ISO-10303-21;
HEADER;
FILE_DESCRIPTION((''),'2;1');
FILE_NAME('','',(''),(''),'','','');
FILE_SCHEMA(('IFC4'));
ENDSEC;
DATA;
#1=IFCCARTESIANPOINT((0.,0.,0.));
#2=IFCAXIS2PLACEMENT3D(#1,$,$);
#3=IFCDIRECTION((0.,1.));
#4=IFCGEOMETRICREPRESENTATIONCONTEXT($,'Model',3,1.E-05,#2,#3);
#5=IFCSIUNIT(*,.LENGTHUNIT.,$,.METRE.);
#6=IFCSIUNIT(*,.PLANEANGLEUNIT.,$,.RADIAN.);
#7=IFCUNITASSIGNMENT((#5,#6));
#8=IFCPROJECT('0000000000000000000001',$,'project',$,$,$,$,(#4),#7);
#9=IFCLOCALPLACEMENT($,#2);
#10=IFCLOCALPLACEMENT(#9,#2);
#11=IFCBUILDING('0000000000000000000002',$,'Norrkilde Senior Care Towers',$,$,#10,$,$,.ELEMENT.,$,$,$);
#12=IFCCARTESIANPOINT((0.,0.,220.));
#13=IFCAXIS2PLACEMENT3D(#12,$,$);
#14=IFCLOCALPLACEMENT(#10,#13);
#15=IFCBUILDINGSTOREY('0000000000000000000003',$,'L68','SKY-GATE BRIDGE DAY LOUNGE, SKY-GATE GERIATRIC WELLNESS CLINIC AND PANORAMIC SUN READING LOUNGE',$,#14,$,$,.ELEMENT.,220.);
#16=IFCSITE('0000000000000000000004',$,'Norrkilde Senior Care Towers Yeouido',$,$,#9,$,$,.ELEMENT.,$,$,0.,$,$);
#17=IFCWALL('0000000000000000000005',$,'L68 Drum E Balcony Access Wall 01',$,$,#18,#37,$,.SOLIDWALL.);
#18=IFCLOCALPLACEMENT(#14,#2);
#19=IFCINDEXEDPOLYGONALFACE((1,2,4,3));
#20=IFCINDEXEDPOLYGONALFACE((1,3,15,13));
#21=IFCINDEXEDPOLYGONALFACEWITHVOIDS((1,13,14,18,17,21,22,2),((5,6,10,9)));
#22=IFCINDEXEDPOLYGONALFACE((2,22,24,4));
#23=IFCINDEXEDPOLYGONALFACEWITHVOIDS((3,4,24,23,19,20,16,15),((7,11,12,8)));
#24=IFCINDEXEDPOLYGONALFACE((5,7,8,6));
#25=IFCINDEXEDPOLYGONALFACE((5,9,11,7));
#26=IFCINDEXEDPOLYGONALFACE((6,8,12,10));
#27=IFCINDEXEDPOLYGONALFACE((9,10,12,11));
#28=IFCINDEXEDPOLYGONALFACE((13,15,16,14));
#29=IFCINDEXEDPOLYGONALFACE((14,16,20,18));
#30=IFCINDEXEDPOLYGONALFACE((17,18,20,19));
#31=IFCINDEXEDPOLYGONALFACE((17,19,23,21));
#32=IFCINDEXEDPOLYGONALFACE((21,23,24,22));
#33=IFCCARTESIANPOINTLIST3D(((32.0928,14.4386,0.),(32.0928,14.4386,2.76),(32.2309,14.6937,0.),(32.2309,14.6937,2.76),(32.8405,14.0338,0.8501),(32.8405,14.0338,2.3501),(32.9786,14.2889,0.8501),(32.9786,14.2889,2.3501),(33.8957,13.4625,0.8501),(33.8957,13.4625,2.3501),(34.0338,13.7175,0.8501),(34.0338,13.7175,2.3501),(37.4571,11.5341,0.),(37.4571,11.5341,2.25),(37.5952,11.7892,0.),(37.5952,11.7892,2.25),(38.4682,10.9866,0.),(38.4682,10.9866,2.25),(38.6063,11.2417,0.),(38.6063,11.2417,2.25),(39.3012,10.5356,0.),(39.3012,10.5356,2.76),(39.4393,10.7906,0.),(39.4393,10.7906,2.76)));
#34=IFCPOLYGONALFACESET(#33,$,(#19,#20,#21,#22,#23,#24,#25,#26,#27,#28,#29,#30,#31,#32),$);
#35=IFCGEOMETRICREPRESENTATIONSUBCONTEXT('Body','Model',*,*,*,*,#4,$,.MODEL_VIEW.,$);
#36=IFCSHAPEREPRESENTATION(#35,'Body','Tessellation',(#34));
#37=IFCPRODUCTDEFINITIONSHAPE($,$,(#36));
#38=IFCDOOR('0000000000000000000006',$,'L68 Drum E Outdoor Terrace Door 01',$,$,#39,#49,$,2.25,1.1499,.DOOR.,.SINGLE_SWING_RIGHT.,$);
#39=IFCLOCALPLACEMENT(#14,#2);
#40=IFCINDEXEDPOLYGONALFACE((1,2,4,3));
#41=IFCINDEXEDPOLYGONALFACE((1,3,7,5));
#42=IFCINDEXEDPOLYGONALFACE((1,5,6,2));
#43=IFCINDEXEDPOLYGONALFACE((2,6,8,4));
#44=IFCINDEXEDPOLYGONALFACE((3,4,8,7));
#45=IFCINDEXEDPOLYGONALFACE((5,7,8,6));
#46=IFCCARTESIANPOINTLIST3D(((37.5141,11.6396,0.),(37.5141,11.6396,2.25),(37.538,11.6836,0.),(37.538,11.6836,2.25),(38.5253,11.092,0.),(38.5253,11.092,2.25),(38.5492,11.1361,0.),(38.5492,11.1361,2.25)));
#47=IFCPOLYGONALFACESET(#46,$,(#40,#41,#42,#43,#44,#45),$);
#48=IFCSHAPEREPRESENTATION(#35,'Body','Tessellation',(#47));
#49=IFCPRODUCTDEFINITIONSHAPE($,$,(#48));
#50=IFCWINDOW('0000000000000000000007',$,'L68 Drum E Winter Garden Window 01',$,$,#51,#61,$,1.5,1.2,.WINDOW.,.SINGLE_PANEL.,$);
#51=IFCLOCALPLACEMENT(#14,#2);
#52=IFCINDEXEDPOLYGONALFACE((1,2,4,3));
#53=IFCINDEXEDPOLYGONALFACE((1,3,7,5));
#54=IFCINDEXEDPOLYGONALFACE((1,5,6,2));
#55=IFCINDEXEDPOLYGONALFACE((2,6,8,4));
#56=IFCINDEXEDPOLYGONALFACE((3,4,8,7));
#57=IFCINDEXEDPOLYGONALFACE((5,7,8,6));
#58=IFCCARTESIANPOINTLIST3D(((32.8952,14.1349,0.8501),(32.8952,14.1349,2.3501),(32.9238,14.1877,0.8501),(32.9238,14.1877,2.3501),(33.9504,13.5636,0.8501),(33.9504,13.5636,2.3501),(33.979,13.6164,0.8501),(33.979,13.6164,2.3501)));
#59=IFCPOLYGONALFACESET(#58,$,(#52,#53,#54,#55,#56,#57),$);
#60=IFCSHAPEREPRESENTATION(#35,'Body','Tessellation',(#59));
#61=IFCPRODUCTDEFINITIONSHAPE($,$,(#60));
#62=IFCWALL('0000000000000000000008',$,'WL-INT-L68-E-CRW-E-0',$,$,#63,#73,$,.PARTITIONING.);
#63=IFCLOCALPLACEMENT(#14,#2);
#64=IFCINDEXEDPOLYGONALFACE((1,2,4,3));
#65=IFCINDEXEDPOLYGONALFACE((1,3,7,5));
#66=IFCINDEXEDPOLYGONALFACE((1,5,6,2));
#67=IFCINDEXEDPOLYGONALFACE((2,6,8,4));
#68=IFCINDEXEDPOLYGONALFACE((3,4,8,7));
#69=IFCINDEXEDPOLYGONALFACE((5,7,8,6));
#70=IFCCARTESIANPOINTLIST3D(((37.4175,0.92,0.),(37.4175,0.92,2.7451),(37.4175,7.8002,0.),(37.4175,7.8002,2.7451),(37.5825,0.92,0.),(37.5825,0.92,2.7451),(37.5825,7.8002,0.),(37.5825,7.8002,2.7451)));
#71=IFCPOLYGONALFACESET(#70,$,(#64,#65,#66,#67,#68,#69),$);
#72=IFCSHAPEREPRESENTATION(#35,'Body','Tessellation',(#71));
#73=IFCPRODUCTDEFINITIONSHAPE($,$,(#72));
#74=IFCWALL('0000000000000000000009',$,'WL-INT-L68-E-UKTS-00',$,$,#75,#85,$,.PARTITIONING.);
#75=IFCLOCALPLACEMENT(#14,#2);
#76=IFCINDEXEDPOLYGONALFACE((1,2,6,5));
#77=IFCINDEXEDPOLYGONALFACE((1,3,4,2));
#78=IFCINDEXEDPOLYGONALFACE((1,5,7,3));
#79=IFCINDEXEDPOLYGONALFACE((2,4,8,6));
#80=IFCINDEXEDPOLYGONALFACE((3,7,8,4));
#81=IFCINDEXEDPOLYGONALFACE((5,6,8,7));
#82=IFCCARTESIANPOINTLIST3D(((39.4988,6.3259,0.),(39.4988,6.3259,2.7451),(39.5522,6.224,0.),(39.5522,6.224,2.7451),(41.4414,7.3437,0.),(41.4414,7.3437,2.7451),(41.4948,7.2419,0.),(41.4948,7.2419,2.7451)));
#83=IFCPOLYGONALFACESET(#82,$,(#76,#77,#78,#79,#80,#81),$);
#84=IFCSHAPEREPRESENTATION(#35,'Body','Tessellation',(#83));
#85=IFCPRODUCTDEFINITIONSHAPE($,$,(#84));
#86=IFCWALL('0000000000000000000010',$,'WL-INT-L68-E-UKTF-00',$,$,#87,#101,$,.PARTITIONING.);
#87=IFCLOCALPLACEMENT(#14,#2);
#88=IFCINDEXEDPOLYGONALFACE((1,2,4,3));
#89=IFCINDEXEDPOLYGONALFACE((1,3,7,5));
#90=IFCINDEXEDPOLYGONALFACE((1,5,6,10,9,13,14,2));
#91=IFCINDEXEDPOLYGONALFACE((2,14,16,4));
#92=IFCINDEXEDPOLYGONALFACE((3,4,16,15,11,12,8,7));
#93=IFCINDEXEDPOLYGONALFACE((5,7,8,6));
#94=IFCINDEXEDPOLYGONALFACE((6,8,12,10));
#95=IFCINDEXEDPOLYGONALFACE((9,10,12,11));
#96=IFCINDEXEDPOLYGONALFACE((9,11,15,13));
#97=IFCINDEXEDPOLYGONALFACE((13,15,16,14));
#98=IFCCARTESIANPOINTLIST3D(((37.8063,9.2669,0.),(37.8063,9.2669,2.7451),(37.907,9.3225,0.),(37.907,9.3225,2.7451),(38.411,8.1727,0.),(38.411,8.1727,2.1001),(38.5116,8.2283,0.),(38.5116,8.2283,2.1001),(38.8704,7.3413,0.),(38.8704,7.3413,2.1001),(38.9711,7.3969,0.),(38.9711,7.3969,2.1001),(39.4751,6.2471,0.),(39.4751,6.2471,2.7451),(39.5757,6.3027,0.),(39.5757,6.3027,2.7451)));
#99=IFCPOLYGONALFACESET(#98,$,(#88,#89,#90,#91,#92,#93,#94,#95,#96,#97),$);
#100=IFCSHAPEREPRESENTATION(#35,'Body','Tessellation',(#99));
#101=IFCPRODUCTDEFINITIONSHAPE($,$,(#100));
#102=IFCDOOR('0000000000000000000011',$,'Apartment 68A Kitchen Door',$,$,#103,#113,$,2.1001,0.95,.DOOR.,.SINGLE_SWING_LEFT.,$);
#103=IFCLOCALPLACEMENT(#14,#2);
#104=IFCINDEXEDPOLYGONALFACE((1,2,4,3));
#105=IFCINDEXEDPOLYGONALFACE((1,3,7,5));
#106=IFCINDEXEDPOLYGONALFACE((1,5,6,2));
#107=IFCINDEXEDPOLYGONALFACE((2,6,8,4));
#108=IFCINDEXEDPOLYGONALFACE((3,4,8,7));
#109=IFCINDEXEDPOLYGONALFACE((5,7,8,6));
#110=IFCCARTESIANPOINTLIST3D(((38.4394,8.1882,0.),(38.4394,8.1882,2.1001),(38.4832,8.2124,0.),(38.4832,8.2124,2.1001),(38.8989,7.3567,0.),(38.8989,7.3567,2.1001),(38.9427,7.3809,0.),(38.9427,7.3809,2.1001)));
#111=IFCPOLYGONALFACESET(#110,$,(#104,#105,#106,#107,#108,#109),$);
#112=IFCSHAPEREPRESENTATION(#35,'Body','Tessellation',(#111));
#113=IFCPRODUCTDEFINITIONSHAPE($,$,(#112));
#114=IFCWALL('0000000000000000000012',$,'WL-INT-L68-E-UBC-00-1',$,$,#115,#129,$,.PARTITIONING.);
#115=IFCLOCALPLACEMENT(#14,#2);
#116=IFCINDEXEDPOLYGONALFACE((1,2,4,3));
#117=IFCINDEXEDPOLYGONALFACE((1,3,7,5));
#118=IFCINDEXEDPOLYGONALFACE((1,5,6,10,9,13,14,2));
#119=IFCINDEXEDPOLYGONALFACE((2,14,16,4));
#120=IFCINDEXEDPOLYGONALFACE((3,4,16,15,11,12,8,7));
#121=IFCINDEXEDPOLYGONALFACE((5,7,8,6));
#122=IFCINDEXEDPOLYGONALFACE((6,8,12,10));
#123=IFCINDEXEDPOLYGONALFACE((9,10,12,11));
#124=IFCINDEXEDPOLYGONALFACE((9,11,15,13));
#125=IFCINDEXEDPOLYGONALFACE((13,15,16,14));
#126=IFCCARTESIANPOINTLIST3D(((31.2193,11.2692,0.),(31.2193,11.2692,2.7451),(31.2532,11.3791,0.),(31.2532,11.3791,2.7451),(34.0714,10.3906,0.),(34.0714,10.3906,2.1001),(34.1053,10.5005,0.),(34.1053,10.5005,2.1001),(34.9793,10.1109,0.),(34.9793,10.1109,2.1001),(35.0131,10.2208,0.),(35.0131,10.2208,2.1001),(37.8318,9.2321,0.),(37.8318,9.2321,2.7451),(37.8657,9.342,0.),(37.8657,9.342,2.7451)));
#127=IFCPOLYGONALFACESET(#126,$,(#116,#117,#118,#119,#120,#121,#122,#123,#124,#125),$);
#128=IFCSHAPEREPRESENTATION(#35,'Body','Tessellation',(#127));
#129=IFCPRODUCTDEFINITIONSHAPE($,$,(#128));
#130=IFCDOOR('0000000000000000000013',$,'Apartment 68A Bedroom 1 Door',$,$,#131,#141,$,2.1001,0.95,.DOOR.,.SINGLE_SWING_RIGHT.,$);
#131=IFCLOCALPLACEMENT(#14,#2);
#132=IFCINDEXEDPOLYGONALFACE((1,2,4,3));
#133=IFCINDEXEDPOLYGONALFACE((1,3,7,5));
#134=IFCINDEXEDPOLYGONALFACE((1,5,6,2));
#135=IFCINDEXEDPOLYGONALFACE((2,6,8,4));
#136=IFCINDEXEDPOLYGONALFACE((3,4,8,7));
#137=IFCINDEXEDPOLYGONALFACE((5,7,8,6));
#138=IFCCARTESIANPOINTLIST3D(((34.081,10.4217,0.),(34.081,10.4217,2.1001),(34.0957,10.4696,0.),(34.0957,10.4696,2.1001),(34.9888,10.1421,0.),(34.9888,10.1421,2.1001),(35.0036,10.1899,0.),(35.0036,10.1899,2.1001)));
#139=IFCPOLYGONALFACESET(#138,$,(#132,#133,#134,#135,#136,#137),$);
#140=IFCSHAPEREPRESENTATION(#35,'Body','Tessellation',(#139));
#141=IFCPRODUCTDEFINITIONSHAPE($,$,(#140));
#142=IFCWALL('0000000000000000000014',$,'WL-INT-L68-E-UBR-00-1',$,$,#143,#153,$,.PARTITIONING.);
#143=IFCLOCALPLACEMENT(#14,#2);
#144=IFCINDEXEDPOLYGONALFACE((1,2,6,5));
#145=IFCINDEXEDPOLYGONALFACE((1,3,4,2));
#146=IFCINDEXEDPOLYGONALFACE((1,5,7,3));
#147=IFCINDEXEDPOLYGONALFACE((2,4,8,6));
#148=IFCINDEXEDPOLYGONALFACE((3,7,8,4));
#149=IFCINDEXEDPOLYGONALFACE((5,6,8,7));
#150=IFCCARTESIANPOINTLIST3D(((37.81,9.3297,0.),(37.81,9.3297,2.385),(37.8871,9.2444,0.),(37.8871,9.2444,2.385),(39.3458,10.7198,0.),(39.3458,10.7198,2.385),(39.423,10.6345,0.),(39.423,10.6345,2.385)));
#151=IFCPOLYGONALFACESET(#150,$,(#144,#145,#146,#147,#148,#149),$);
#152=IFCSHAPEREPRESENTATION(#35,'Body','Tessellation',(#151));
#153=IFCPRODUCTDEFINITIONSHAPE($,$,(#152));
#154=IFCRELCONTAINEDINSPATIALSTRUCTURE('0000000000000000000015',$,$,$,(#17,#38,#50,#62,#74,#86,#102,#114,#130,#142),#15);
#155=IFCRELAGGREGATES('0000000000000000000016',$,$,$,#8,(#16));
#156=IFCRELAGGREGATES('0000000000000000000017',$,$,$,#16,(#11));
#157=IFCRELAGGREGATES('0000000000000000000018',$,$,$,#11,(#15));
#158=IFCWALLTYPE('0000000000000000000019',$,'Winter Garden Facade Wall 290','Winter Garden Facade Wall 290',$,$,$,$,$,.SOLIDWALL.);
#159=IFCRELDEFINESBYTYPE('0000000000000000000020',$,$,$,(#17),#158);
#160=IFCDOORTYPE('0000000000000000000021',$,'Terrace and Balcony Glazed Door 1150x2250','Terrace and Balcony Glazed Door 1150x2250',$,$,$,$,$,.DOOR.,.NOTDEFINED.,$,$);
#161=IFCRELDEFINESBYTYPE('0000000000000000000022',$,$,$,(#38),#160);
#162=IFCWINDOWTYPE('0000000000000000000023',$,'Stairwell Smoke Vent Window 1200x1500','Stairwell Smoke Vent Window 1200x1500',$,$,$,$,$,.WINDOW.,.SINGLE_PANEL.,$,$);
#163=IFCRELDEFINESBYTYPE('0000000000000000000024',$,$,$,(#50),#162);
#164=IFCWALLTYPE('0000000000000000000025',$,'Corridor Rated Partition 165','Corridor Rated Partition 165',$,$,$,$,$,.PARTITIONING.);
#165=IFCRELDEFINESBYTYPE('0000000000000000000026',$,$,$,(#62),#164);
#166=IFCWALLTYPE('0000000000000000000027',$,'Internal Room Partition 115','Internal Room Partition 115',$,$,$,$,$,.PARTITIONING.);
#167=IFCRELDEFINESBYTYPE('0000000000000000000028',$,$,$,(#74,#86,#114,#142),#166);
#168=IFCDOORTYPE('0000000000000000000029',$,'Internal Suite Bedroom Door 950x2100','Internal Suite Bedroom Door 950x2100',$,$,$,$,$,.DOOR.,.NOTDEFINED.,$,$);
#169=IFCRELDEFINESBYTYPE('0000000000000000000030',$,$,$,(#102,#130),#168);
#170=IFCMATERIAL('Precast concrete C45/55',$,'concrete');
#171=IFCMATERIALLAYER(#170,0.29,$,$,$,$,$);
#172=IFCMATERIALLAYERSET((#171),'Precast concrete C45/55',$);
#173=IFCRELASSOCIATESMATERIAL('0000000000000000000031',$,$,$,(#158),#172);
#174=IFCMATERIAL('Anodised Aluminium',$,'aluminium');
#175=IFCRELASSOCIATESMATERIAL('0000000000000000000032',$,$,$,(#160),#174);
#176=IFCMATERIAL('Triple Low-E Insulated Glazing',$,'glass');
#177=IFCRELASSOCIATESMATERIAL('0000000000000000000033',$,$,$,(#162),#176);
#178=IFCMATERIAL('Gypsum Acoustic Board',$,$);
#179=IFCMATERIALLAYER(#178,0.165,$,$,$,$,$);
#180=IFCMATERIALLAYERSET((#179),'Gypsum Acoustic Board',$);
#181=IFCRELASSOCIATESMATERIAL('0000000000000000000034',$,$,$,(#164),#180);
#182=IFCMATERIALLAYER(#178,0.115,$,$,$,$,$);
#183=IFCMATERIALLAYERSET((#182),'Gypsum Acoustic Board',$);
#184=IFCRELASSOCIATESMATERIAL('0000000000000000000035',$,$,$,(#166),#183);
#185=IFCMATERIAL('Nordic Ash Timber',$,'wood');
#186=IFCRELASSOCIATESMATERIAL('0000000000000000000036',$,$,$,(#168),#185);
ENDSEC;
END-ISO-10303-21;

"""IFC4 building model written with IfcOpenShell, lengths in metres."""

from ifc_helpers import new_model, si_unit, direction, frame, frame_2d, origin, place, context, subcontext, project, spatial, rectangle, extrude, source, transform, mapped, material, layer, layer_set, type_object, type_shapes, element, fill, save


model = new_model("IFC4")

# Units and contexts
model_context = context("Model", 3, precision=1e-05, world=origin(), true_north=direction((0.0, 1.0)))
body_context = subcontext(model_context, "Body", "Model", "MODEL_VIEW")
ifc_project = project(units=[si_unit("LENGTHUNIT", "METRE"), si_unit("PLANEANGLEUNIT", "RADIAN")], contexts=[model_context])

# Site, building, storey
site_placement = place(None, origin())
site = spatial("IfcSite", under=ifc_project, at=site_placement, Name="Norrkilde Senior Care Towers Yeouido", CompositionType="ELEMENT", RefElevation=0.0)
building_placement = place(site_placement, origin())
building = spatial("IfcBuilding", under=site, at=building_placement, Name="Norrkilde Senior Care Towers", CompositionType="ELEMENT")
storey_placement = place(building_placement, frame((0.0, 0.0, 220.0)))
storey = spatial("IfcBuildingStorey", under=building, at=storey_placement, Name="L68", Description="SKY-GATE BRIDGE DAY LOUNGE, SKY-GATE GERIATRIC WELLNESS CLINIC AND PANORAMIC SUN READING LOUNGE", CompositionType="ELEMENT", Elevation=220.0)

# Shared definitions
ifc_material_1 = material(Name="Triple Low-E Insulated Glazing", Category="glass")
ifc_material_2 = material(Name="Anodised Aluminium", Category="aluminium")

# Wall, openings, door, window
ifc_material_3 = material(Name="Precast concrete C45/55", Category="concrete")
ifc_layer_1 = layer(ifc_material_3, 0.29)
ifc_layer_set_1 = layer_set([ifc_layer_1], Name="Precast concrete C45/55")
wall_type_1 = type_object("IfcWallType", Name="Winter Garden Facade Wall 290", Description="Winter Garden Facade Wall 290", PredefinedType="SOLIDWALL", material=ifc_layer_set_1)
shared_shape_1 = source(origin(), body_context, "Body", "SweptSolid", [
    extrude(rectangle(XDim=8.1973, YDim=0.29, at=frame_2d((4.0986, 0.0))), origin(), (0.0, 0.0, 1.0), 2.76),
])
type_shapes(wall_type_1, [shared_shape_1])
wall_1_placement = place(storey_placement, frame((32.1619, 14.5662, 0.0), z_axis=(0.0, 0.0, 1.0), x_axis=(0.87937, -0.476139, 0.0)))
wall_1 = element("IfcWall", 1, at=wall_1_placement, inside=storey, type_object=wall_type_1, Name="L68 Drum E Balcony Access Wall 01", PredefinedType="SOLIDWALL", context=body_context, shape_type="MappedRepresentation", body=[
    mapped(shared_shape_1, transform((0.0, 0.0, 0.0), x_axis=(1.0, 0.0, 0.0), y_axis=(0.0, 1.0, 0.0), z_axis=(0.0, 0.0, 1.0), scale=1.0)),
])
opening_1_placement = place(wall_1_placement, frame((6.1001, 0.0, 0.0)))
opening_1 = element("IfcOpeningElement", 2, at=opening_1_placement, cuts=wall_1, PredefinedType="OPENING", context=body_context, shape_type="SweptSolid", body=[
    extrude(rectangle(XDim=1.1499, YDim=2.25, at=frame_2d((0.575, 1.125))), frame((0.0, 0.155, 0.0), z_axis=(0.0, -1.0, 0.0), x_axis=(1.0, 0.0, 0.0)), (0.0, 0.0, 1.0), 0.3101),
])
opening_2_placement = place(wall_1_placement, frame((0.8501, 0.0, 0.8501)))
opening_2 = element("IfcOpeningElement", 3, at=opening_2_placement, cuts=wall_1, PredefinedType="OPENING", context=body_context, shape_type="SweptSolid", body=[
    extrude(rectangle(XDim=1.2, YDim=1.5, at=frame_2d((0.6001, 0.75))), frame((0.0, 0.155, 0.0), z_axis=(0.0, -1.0, 0.0), x_axis=(1.0, 0.0, 0.0)), (0.0, 0.0, 1.0), 0.3101),
])
door_type_1 = type_object("IfcDoorType", Name="Terrace and Balcony Glazed Door 1150x2250", Description="Terrace and Balcony Glazed Door 1150x2250", OperationType="NOTDEFINED", PredefinedType="DOOR", material=ifc_material_2)
shared_shape_2 = source(origin(), body_context, "Body", "SweptSolid", [
    extrude(rectangle(XDim=1.1499, YDim=2.25, at=frame_2d((0.575, 1.125))), frame((0.0, 0.0249, 0.0), z_axis=(0.0, -1.0, 0.0), x_axis=(1.0, 0.0, 0.0)), (0.0, 0.0, 1.0), 0.05),
])
type_shapes(door_type_1, [shared_shape_2])
door_1_placement = place(opening_1_placement, origin())
door_1 = element("IfcDoor", 4, at=door_1_placement, inside=storey, type_object=door_type_1, Name="L68 Drum E Outdoor Terrace Door 01", OperationType="SINGLE_SWING_RIGHT", OverallHeight=2.25, OverallWidth=1.1499, PredefinedType="DOOR", context=body_context, shape_type="MappedRepresentation", body=[
    mapped(shared_shape_2, transform((0.0, 0.0, 0.0), x_axis=(1.0, 0.0, 0.0), y_axis=(0.0, 1.0, 0.0), z_axis=(0.0, 0.0, 1.0), scale=1.0)),
])
fill(opening_1, door_1)
window_type = type_object("IfcWindowType", Name="Stairwell Smoke Vent Window 1200x1500", Description="Stairwell Smoke Vent Window 1200x1500", PartitioningType="SINGLE_PANEL", PredefinedType="WINDOW", material=ifc_material_1)
shared_shape_3 = source(origin(), body_context, "Body", "SweptSolid", [
    extrude(rectangle(XDim=1.2, YDim=1.5, at=frame_2d((0.6001, 0.75))), frame((0.0, 0.03, 0.0), z_axis=(0.0, -1.0, 0.0), x_axis=(1.0, 0.0, 0.0)), (0.0, 0.0, 1.0), 0.0601),
])
type_shapes(window_type, [shared_shape_3])
window_placement = place(opening_2_placement, origin())
window = element("IfcWindow", 5, at=window_placement, inside=storey, type_object=window_type, Name="L68 Drum E Winter Garden Window 01", OverallHeight=1.5, OverallWidth=1.2, PartitioningType="SINGLE_PANEL", PredefinedType="WINDOW", context=body_context, shape_type="MappedRepresentation", body=[
    mapped(shared_shape_3, transform((0.0, 0.0, 0.0), x_axis=(1.0, 0.0, 0.0), y_axis=(0.0, 1.0, 0.0), z_axis=(0.0, 0.0, 1.0), scale=1.0)),
])
fill(opening_2, window)

# Walls
ifc_material_4 = material(Name="Gypsum Acoustic Board")
ifc_layer_2 = layer(ifc_material_4, 0.165)
ifc_layer_set_2 = layer_set([ifc_layer_2], Name="Gypsum Acoustic Board")
wall_type_2 = type_object("IfcWallType", Name="Corridor Rated Partition 165", Description="Corridor Rated Partition 165", PredefinedType="PARTITIONING", material=ifc_layer_set_2)
shared_shape_4 = source(origin(), body_context, "Body", "SweptSolid", [
    extrude(rectangle(XDim=6.8801, YDim=0.165, at=frame_2d((3.4399, 0.0))), origin(), (0.0, 0.0, 1.0), 2.7451),
])
type_shapes(wall_type_2, [shared_shape_4])
wall_2_placement = place(storey_placement, frame((37.5, 7.8, 0.0), z_axis=(0.0, 0.0, 1.0), x_axis=(0.0, -1.0, 0.0)))
element("IfcWall", 6, at=wall_2_placement, inside=storey, type_object=wall_type_2, Name="WL-INT-L68-E-CRW-E-0", PredefinedType="PARTITIONING", context=body_context, shape_type="MappedRepresentation", body=[
    mapped(shared_shape_4, transform((0.0, 0.0, 0.0), x_axis=(1.0, 0.0, 0.0), y_axis=(0.0, 1.0, 0.0), z_axis=(0.0, 0.0, 1.0), scale=1.0)),
])
ifc_layer_3 = layer(ifc_material_4, 0.115)
ifc_layer_set_3 = layer_set([ifc_layer_3], Name="Gypsum Acoustic Board")
wall_type_3 = type_object("IfcWallType", Name="Internal Room Partition 115", Description="Internal Room Partition 115", PredefinedType="PARTITIONING", material=ifc_layer_set_3)
shared_shape_5 = source(origin(), body_context, "Body", "SweptSolid", [
    extrude(rectangle(XDim=2.1931, YDim=0.115, at=frame_2d((1.0967, 0.0))), origin(), (0.0, 0.0, 1.0), 2.7451),
])
wall_3_placement = place(storey_placement, frame((39.5254, 6.2749, 0.0), z_axis=(0.0, 0.0, 1.0), x_axis=(0.885784, 0.464099, 0.0)))
element("IfcWall", 7, at=wall_3_placement, inside=storey, type_object=wall_type_3, Name="WL-INT-L68-E-UKTS-00", PredefinedType="PARTITIONING", context=body_context, shape_type="MappedRepresentation", body=[
    mapped(shared_shape_5, transform((0.0, 0.0, 0.0), x_axis=(1.0, 0.0, 0.0), y_axis=(0.0, 1.0, 0.0), z_axis=(0.0, 0.0, 1.0), scale=1.0)),
])

# Walls, openings, doors
shared_shape_6 = source(origin(), body_context, "Body", "SweptSolid", [
    extrude(rectangle(XDim=3.4502, YDim=0.115, at=frame_2d((1.7251, 0.0))), origin(), (0.0, 0.0, 1.0), 2.7451),
])
wall_4_placement = place(storey_placement, frame((39.5254, 6.2749, 0.0), z_axis=(0.0, 0.0, 1.0), x_axis=(-0.483659, 0.875257, 0.0)))
wall_4 = element("IfcWall", 8, at=wall_4_placement, inside=storey, type_object=wall_type_3, Name="WL-INT-L68-E-UKTF-00", PredefinedType="PARTITIONING", context=body_context, shape_type="MappedRepresentation", body=[
    mapped(shared_shape_6, transform((0.0, 0.0, 0.0), x_axis=(1.0, 0.0, 0.0), y_axis=(0.0, 1.0, 0.0), z_axis=(0.0, 0.0, 1.0), scale=1.0)),
])
opening_3_placement = place(wall_4_placement, frame((1.25, 0.0, 0.0)))
opening_3 = element("IfcOpeningElement", 9, at=opening_3_placement, cuts=wall_4, PredefinedType="OPENING", context=body_context, shape_type="SweptSolid", body=[
    extrude(rectangle(XDim=0.95, YDim=2.1001, at=frame_2d((0.4751, 1.05))), frame((0.0, 0.0674, 0.0), z_axis=(0.0, -1.0, 0.0), x_axis=(1.0, 0.0, 0.0)), (0.0, 0.0, 1.0), 0.135),
])
ifc_material_5 = material(Name="Nordic Ash Timber", Category="wood")
door_type_2 = type_object("IfcDoorType", Name="Internal Suite Bedroom Door 950x2100", Description="Internal Suite Bedroom Door 950x2100", OperationType="NOTDEFINED", PredefinedType="DOOR", material=ifc_material_5)
shared_shape_7 = source(origin(), body_context, "Body", "SweptSolid", [
    extrude(rectangle(XDim=0.95, YDim=2.1001, at=frame_2d((0.4751, 1.05))), frame((0.0, 0.0249, 0.0), z_axis=(0.0, -1.0, 0.0), x_axis=(1.0, 0.0, 0.0)), (0.0, 0.0, 1.0), 0.05),
])
type_shapes(door_type_2, [shared_shape_7])
door_2_placement = place(opening_3_placement, frame((0.95, 0.0, 0.0), z_axis=(0.0, 0.0, 1.0), x_axis=(-1.0, 0.0, 0.0)))
door_2 = element("IfcDoor", 10, at=door_2_placement, inside=storey, type_object=door_type_2, Name="Apartment 68A Kitchen Door", OperationType="SINGLE_SWING_LEFT", OverallHeight=2.1001, OverallWidth=0.95, PredefinedType="DOOR", context=body_context, shape_type="MappedRepresentation", body=[
    mapped(shared_shape_7, transform((0.0, 0.0, 0.0), x_axis=(1.0, 0.0, 0.0), y_axis=(0.0, 1.0, 0.0), z_axis=(0.0, 0.0, 1.0), scale=1.0)),
])
fill(opening_3, door_2)
shared_shape_8 = source(origin(), body_context, "Body", "SweptSolid", [
    extrude(rectangle(XDim=6.9192, YDim=0.115, at=frame_2d((3.4595, 0.0))), origin(), (0.0, 0.0, 1.0), 2.7451),
])
wall_5_placement = place(storey_placement, frame((37.8486, 9.2871, 0.0), z_axis=(0.0, 0.0, 1.0), x_axis=(-0.955678, 0.294413, 0.0)))
wall_5 = element("IfcWall", 11, at=wall_5_placement, inside=storey, type_object=wall_type_3, Name="WL-INT-L68-E-UBC-00-1", PredefinedType="PARTITIONING", context=body_context, shape_type="MappedRepresentation", body=[
    mapped(shared_shape_8, transform((0.0, 0.0, 0.0), x_axis=(1.0, 0.0, 0.0), y_axis=(0.0, 1.0, 0.0), z_axis=(0.0, 0.0, 1.0), scale=1.0)),
])
opening_4_placement = place(wall_5_placement, frame((2.9846, 0.0, 0.0)))
opening_4 = element("IfcOpeningElement", 12, at=opening_4_placement, cuts=wall_5, PredefinedType="OPENING", context=body_context, shape_type="SweptSolid", body=[
    extrude(rectangle(XDim=0.95, YDim=2.1001, at=frame_2d((0.4751, 1.05))), frame((0.0, 0.0674, 0.0), z_axis=(0.0, -1.0, 0.0), x_axis=(1.0, 0.0, 0.0)), (0.0, 0.0, 1.0), 0.135),
])
door_3_placement = place(opening_4_placement, origin())
door_3 = element("IfcDoor", 13, at=door_3_placement, inside=storey, type_object=door_type_2, Name="Apartment 68A Bedroom 1 Door", OperationType="SINGLE_SWING_RIGHT", OverallHeight=2.1001, OverallWidth=0.95, PredefinedType="DOOR", context=body_context, shape_type="MappedRepresentation", body=[
    mapped(shared_shape_7, transform((0.0, 0.0, 0.0), x_axis=(1.0, 0.0, 0.0), y_axis=(0.0, 1.0, 0.0), z_axis=(0.0, 0.0, 1.0), scale=1.0)),
])
fill(opening_4, door_3)

# Wall
shared_shape_9 = source(origin(), body_context, "Body", "SweptSolid", [
    extrude(rectangle(XDim=2.0715, YDim=0.115, at=frame_2d((1.0356, 0.0))), origin(), (0.0, 0.0, 1.0), 2.385),
])
type_shapes(wall_type_3, [shared_shape_5, shared_shape_6, shared_shape_8, shared_shape_9])
wall_6_placement = place(storey_placement, frame((37.8486, 9.2871, 0.0), z_axis=(0.0, 0.0, 1.0), x_axis=(0.74141, 0.671052, 0.0)))
element("IfcWall", 14, at=wall_6_placement, inside=storey, type_object=wall_type_3, Name="WL-INT-L68-E-UBR-00-1", PredefinedType="PARTITIONING", context=body_context, shape_type="MappedRepresentation", body=[
    mapped(shared_shape_9, transform((0.0, 0.0, 0.0), x_axis=(1.0, 0.0, 0.0), y_axis=(0.0, 1.0, 0.0), z_axis=(0.0, 0.0, 1.0), scale=1.0)),
])

save(model, "model.ifc")
